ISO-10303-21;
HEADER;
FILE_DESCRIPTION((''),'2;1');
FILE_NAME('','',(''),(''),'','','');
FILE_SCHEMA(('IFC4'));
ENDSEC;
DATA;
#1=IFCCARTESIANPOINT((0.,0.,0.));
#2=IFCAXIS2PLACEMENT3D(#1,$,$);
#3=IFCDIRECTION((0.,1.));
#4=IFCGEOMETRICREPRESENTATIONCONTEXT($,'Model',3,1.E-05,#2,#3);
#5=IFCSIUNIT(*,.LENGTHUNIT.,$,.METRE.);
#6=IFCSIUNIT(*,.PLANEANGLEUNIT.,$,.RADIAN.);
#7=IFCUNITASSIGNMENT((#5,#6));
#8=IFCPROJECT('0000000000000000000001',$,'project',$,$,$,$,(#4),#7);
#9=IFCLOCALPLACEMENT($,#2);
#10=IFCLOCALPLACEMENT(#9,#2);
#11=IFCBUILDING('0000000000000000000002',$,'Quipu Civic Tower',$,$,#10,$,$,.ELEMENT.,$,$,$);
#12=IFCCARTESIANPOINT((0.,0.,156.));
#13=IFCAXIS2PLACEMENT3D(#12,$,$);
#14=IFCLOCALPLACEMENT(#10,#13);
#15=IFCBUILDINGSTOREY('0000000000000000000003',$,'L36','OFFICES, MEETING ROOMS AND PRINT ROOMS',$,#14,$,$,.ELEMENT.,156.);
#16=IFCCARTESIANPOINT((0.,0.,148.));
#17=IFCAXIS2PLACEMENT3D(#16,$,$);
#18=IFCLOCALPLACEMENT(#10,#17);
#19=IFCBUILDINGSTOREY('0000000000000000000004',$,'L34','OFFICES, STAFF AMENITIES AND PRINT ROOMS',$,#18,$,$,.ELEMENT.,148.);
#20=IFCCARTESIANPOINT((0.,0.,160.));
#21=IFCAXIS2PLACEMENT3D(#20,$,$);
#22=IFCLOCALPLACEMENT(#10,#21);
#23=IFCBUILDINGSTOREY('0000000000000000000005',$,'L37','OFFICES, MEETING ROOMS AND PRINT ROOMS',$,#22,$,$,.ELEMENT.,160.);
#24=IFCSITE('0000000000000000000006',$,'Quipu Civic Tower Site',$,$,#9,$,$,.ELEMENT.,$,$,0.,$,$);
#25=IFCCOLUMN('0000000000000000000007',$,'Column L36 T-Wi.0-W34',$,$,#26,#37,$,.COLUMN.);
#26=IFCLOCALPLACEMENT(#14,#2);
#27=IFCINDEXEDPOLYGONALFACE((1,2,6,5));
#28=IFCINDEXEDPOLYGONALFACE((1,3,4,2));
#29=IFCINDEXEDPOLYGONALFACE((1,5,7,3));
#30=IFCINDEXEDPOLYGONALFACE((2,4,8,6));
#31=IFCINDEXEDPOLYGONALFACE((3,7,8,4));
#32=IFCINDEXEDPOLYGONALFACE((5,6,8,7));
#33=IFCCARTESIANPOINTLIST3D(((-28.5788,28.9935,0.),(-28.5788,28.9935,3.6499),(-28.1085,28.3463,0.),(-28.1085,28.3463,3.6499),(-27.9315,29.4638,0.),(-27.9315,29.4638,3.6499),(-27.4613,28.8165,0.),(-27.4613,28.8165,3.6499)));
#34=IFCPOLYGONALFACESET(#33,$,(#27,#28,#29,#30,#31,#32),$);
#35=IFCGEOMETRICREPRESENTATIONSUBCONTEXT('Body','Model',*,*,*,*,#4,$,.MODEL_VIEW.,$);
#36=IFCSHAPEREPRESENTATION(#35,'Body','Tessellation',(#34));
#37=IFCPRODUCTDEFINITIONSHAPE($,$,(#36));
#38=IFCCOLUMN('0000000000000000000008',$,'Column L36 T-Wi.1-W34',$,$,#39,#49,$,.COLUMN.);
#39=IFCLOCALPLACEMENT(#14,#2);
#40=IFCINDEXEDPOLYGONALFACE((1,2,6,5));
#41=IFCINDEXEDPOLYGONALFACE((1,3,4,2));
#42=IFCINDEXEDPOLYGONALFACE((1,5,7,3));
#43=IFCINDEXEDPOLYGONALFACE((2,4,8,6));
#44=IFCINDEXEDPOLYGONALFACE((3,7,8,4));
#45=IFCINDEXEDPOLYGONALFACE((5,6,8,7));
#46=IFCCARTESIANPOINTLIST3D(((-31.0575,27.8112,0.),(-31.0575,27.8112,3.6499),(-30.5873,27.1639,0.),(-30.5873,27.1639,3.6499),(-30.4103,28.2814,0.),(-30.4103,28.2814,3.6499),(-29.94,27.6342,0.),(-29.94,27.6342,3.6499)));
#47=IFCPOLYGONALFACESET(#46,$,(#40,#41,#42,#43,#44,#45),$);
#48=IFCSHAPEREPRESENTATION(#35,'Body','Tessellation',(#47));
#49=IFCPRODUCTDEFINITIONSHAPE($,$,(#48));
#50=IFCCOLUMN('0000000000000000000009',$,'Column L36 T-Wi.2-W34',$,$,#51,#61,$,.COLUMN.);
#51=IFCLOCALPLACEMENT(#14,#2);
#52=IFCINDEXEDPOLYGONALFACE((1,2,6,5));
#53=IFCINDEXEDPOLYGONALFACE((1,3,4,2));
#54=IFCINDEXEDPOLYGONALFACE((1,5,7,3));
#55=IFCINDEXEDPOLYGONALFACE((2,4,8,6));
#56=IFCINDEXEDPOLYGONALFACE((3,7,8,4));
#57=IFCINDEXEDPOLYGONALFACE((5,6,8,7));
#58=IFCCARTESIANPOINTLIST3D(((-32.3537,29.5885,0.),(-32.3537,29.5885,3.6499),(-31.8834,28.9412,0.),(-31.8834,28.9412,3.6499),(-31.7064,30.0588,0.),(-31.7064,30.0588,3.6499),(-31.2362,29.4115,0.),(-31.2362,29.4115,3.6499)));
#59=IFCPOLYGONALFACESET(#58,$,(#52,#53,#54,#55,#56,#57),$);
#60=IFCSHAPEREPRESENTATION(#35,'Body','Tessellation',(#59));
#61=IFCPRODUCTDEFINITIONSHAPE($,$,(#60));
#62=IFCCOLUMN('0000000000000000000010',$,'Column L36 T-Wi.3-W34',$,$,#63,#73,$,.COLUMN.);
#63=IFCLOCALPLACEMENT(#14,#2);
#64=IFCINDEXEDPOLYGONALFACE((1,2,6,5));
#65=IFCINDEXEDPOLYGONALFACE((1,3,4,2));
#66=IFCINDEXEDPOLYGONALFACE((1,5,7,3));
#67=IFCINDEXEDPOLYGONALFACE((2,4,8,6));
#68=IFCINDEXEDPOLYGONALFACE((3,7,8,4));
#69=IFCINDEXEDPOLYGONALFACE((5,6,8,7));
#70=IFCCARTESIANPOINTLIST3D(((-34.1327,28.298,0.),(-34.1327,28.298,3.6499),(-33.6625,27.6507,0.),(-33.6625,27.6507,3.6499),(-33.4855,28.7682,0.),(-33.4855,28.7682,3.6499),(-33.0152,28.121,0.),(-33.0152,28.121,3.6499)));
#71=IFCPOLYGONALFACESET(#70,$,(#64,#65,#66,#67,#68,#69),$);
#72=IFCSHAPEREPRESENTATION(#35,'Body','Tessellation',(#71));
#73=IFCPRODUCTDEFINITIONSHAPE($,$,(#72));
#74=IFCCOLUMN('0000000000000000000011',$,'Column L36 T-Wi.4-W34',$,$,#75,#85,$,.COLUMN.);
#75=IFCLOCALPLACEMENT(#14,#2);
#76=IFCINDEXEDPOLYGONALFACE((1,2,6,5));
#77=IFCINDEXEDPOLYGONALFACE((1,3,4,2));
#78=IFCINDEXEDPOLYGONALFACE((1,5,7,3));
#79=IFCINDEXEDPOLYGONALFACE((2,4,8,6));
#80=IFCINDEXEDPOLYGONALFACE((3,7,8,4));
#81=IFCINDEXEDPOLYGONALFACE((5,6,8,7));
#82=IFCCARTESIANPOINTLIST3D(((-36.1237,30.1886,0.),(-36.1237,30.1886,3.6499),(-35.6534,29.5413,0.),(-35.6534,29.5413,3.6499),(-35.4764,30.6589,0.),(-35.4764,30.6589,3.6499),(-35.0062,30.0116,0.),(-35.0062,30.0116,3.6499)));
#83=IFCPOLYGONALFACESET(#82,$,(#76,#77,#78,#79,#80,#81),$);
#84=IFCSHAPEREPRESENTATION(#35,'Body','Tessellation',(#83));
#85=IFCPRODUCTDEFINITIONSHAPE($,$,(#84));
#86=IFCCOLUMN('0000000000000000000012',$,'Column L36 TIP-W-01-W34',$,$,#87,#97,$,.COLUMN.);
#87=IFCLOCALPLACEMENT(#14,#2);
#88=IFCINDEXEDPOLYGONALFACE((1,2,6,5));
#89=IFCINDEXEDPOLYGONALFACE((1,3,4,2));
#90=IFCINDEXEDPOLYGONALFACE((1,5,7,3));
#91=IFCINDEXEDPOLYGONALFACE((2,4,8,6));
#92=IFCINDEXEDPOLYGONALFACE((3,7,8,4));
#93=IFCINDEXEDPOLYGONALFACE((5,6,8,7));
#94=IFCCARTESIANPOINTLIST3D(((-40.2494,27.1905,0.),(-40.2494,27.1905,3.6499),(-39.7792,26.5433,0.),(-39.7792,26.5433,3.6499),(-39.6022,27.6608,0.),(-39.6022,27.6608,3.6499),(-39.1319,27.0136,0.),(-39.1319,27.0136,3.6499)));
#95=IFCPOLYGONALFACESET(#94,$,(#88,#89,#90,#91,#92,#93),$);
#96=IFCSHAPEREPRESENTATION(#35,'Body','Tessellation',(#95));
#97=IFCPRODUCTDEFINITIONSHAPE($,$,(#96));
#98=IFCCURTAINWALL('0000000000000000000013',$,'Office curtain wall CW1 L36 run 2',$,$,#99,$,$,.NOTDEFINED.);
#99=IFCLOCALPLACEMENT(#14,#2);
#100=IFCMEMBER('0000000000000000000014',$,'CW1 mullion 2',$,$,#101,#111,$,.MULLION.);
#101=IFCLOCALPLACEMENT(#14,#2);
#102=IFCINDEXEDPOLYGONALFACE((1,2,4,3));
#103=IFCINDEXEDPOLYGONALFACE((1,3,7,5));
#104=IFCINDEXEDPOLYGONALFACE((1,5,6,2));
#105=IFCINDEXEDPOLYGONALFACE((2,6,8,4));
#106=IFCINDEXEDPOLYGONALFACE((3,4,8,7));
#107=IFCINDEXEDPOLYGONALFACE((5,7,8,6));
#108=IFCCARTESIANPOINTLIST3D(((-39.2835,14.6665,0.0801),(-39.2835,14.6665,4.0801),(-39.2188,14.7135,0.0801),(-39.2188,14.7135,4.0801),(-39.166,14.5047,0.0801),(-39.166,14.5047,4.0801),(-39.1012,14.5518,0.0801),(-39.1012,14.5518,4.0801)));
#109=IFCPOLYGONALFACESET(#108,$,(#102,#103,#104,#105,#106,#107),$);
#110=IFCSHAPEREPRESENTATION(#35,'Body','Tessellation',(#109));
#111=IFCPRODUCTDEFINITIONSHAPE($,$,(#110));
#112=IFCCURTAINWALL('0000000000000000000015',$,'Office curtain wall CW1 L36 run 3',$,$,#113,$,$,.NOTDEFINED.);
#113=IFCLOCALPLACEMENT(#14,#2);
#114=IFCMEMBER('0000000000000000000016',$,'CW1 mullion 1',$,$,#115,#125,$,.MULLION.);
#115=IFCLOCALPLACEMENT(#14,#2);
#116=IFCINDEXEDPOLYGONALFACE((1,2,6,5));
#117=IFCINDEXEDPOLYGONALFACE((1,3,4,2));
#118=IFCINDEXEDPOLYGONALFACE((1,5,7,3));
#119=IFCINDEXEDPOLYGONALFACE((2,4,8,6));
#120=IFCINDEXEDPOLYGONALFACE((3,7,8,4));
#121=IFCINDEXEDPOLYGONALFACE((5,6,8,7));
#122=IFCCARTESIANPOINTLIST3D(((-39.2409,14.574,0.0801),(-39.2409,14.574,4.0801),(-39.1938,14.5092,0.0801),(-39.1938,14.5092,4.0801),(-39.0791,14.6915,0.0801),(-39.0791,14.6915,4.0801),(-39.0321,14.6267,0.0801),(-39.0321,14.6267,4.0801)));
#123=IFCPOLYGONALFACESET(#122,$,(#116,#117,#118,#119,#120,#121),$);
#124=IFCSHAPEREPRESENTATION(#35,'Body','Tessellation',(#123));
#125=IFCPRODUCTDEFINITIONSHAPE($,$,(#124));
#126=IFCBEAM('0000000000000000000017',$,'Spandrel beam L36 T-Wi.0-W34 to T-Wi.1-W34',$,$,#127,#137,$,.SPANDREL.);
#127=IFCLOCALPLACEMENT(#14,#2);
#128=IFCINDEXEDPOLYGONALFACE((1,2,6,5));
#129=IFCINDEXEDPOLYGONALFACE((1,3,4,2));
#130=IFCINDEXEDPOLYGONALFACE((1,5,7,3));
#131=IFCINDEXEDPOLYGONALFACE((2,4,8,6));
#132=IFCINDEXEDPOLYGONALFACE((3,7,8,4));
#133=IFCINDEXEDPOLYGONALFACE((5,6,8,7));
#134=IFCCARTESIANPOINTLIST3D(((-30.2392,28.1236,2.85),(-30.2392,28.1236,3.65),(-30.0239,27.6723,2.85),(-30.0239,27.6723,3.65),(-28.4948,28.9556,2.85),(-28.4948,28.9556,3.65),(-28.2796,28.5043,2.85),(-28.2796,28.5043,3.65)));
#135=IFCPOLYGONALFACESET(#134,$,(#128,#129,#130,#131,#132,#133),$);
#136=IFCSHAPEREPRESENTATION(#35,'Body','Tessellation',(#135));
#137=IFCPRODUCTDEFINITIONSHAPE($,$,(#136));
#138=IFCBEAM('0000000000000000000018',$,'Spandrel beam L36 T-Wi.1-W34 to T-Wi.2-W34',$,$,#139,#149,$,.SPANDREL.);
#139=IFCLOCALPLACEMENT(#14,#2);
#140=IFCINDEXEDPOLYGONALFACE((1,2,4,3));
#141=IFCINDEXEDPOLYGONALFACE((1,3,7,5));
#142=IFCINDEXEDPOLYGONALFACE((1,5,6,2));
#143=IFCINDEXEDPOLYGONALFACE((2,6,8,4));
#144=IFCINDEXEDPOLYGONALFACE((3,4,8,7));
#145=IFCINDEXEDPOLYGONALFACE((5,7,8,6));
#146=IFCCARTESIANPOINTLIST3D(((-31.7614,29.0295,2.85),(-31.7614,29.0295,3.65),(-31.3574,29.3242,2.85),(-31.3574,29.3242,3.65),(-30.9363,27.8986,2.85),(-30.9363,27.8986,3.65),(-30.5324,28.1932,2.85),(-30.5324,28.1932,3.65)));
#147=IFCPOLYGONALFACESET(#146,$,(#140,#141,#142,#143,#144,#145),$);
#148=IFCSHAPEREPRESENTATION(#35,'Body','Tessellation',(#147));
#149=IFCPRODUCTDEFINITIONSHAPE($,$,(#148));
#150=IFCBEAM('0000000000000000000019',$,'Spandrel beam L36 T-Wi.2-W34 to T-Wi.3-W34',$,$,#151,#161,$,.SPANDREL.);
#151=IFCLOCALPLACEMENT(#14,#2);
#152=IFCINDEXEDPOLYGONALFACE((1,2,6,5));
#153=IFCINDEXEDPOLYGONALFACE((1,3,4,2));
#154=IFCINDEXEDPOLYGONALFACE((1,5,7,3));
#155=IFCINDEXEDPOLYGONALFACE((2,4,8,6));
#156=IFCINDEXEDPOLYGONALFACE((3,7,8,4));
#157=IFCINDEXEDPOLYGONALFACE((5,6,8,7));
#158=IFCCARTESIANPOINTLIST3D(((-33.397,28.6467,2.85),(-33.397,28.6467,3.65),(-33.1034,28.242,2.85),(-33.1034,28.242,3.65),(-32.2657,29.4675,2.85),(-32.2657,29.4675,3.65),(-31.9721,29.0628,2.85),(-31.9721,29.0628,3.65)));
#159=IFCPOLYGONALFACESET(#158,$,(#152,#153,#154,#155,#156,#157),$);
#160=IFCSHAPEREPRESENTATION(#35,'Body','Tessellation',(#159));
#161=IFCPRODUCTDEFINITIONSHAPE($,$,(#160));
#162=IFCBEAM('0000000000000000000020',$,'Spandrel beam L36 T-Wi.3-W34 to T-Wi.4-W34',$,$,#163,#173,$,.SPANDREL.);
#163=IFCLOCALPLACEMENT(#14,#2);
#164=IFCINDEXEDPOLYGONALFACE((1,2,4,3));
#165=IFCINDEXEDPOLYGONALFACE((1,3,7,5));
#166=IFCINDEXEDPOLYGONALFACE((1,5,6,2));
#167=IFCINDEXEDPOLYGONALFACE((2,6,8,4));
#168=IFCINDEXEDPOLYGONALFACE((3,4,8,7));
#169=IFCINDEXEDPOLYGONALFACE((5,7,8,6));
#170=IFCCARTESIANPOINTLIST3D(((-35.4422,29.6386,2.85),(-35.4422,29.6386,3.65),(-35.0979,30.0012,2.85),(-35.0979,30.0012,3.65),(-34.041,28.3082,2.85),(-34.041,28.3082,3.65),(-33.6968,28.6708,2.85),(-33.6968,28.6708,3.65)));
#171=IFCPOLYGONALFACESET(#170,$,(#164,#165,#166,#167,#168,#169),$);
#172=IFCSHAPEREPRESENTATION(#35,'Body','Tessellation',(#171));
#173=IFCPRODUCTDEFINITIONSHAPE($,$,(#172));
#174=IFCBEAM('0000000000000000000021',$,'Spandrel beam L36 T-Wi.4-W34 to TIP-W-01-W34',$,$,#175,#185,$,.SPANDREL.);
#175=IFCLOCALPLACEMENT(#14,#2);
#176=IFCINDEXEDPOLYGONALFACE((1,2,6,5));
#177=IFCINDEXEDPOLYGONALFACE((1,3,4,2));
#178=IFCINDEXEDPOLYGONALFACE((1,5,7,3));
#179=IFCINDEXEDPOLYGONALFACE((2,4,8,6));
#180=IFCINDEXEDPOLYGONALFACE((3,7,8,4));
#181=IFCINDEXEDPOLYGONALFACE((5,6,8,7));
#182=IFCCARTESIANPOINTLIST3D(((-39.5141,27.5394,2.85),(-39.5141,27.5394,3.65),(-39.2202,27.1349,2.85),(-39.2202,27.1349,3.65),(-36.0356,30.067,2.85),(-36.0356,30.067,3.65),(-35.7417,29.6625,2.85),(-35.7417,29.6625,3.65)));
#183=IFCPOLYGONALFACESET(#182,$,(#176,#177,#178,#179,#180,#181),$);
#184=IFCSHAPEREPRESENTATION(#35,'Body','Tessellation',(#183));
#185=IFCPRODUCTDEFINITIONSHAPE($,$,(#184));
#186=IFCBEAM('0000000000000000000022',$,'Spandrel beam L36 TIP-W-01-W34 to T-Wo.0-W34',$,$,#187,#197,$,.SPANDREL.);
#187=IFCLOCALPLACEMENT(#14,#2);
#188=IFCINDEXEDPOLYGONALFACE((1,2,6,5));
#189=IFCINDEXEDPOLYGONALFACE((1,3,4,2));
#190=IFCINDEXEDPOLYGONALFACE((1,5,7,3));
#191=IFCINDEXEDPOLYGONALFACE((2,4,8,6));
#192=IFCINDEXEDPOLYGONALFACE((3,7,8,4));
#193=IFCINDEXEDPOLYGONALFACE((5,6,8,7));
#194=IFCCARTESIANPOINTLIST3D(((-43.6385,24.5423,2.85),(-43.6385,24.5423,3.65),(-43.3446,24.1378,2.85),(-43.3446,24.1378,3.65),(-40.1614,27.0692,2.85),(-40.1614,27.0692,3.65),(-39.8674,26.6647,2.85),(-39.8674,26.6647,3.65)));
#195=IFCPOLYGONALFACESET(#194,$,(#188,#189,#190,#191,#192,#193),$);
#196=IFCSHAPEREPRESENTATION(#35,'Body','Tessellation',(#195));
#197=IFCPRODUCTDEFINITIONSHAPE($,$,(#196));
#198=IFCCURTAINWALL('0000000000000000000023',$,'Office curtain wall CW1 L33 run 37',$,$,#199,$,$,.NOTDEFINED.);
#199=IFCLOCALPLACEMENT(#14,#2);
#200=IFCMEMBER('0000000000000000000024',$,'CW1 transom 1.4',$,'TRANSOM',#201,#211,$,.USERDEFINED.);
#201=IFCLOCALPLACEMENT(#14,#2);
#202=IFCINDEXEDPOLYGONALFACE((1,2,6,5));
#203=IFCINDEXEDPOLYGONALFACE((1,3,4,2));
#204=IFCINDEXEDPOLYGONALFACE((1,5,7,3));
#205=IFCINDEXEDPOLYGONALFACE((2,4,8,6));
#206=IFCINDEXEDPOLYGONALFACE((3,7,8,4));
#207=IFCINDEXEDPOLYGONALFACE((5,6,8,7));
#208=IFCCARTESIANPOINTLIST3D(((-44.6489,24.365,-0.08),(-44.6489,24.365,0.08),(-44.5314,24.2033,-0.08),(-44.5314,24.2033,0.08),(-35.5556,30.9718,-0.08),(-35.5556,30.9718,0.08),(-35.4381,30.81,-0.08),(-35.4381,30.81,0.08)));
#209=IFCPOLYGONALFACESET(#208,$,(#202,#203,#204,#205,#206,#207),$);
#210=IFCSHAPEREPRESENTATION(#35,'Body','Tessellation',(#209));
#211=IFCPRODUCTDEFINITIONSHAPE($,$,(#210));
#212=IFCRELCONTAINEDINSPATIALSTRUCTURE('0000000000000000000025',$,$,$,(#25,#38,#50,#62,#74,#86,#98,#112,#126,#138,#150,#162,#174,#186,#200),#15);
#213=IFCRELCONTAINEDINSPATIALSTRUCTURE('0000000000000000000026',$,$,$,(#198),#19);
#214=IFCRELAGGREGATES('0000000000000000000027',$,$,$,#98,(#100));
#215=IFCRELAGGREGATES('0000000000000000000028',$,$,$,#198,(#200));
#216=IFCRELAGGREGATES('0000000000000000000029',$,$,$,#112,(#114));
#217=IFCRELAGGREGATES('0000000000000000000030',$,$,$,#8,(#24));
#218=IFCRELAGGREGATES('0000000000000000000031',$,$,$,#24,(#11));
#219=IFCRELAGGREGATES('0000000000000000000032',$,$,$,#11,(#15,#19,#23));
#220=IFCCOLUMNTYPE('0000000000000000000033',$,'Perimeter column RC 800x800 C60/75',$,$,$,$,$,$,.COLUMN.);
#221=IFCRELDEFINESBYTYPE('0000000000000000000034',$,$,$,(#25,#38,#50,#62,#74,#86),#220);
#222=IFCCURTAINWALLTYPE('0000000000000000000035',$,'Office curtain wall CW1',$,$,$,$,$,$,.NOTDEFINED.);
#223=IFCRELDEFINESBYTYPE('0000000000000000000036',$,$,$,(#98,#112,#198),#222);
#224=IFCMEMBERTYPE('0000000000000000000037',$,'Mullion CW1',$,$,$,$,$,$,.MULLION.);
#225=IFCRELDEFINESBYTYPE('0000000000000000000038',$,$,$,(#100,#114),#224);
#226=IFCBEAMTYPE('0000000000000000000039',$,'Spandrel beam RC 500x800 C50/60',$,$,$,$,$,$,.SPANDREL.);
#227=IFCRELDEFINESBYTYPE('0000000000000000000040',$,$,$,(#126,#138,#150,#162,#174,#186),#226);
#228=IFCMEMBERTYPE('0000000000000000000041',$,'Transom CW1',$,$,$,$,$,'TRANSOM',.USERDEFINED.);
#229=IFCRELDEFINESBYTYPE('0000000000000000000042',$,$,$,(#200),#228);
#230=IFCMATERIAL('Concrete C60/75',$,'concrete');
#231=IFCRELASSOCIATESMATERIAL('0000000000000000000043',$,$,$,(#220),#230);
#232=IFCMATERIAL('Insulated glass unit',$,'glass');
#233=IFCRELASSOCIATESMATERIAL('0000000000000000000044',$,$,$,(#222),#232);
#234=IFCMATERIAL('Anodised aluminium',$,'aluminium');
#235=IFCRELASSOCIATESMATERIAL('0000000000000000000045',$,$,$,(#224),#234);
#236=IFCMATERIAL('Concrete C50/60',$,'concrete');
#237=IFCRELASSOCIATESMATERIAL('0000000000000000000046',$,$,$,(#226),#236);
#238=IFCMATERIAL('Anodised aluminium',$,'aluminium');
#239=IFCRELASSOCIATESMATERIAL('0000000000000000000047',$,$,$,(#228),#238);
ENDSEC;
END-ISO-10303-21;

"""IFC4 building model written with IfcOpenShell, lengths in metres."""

from ifc_helpers import new_model, si_unit, direction, frame, origin, origin_2d, place, context, subcontext, project, spatial, rectangle, extrude, material, material_profile, profile_set, type_object, element, aggregate, save


model = new_model("IFC4")

# Units and contexts
model_context = context("Model", 3, precision=1e-05, world=origin(), true_north=direction((0.0, 1.0)))
body_context = subcontext(model_context, "Body", "Model", "MODEL_VIEW")
ifc_project = project(units=[si_unit("LENGTHUNIT", "METRE"), si_unit("PLANEANGLEUNIT", "RADIAN")], contexts=[model_context])

# Site, building, storey
site_placement = place(None, origin())
site = spatial("IfcSite", under=ifc_project, at=site_placement, Name="Quipu Civic Tower Site", CompositionType="ELEMENT", RefElevation=0.0)
building_placement = place(site_placement, origin())
building = spatial("IfcBuilding", under=site, at=building_placement, Name="Quipu Civic Tower", CompositionType="ELEMENT")
storey_1_placement = place(building_placement, frame((0.0, 0.0, 156.0)))
storey_1 = spatial("IfcBuildingStorey", under=building, at=storey_1_placement, Name="L36", Description="OFFICES, MEETING ROOMS AND PRINT ROOMS", CompositionType="ELEMENT", Elevation=156.0)

# Columns
ifc_material_1 = material(Name="Concrete C60/75", Category="concrete")
ifc_material_profile_1 = material_profile(ifc_material_1, rectangle(XDim=0.8, YDim=0.8, at=origin_2d()), Name="RC800x800")
ifc_profile_set_1 = profile_set([ifc_material_profile_1], Name="Concrete C60/75")
column_type = type_object("IfcColumnType", Name="Perimeter column RC 800x800 C60/75", PredefinedType="COLUMN", material=ifc_profile_set_1)
for number, where, z_axis, x_axis, name in (
    (1, (-28.02, 28.905, 0.0), (0.0, 0.0, 1.0), (-0.809017, -0.587785, 0.0), "Column L36 T-Wi.0-W34"),
    (2, (-30.4988, 27.7227, 0.0), (0.0, 0.0, 1.0), (-0.809017, -0.587785, 0.0), "Column L36 T-Wi.1-W34"),
    (3, (-31.7949, 29.5, 0.0), (0.0, 0.0, 1.0), (-0.587785, 0.809017, 0.0), "Column L36 T-Wi.2-W34"),
    (4, (-33.574, 28.2095, 0.0), (0.0, 0.0, 1.0), (-0.587785, 0.809017, 0.0), "Column L36 T-Wi.3-W34"),
    (5, (-35.5649, 30.1001, 0.0), (0.0, 0.0, 1.0), (-0.809017, -0.587785, 0.0), "Column L36 T-Wi.4-W34"),
    (6, (-39.6907, 27.1021, 0.0), (0.0, 0.0, 1.0), (-0.809017, -0.587785, 0.0), "Column L36 TIP-W-01-W34"),
):
    element("IfcColumn", number, at=place(storey_1_placement, frame(where, z_axis=z_axis, x_axis=x_axis)), inside=storey_1, type_object=column_type, Name=name, PredefinedType="COLUMN", context=body_context, shape_type="SweptSolid", body=[
        extrude(rectangle(XDim=0.8, YDim=0.8, at=origin_2d()), origin(), (0.0, 0.0, 1.0), 3.6499),
    ])

# Curtain walls, members
ifc_material_2 = material(Name="Insulated glass unit", Category="glass")
curtain_wall_type = type_object("IfcCurtainWallType", Name="Office curtain wall CW1", PredefinedType="NOTDEFINED", material=ifc_material_2)
curtain_wall_1_placement = place(storey_1_placement, origin())
curtain_wall_1 = element("IfcCurtainWall", 7, at=curtain_wall_1_placement, inside=storey_1, type_object=curtain_wall_type, Name="Office curtain wall CW1 L36 run 2", PredefinedType="NOTDEFINED")
ifc_material_3 = material(Name="Anodised aluminium", Category="aluminium")
ifc_material_profile_2 = material_profile(ifc_material_3, rectangle(XDim=0.2, YDim=0.0801, at=origin_2d()), Name="RECT 200x80")
ifc_profile_set_2 = profile_set([ifc_material_profile_2], Name="Anodised aluminium")
member_type_1 = type_object("IfcMemberType", Name="Mullion CW1", PredefinedType="MULLION", material=ifc_profile_set_2)
member_1_placement = place(storey_1_placement, frame((-39.1924, 14.6091, 0.0801), z_axis=(0.0, 0.0, 1.0), x_axis=(-0.587782, 0.809019, 0.0)))
member_1 = element("IfcMember", 8, at=member_1_placement, type_object=member_type_1, Name="CW1 mullion 2", PredefinedType="MULLION", context=body_context, shape_type="SweptSolid", body=[
    extrude(rectangle(XDim=0.2, YDim=0.0801, at=origin_2d()), origin(), (0.0, 0.0, 1.0), 4.0),
])
aggregate(curtain_wall_1, [member_1])
curtain_wall_2_placement = place(storey_1_placement, origin())
curtain_wall_2 = element("IfcCurtainWall", 9, at=curtain_wall_2_placement, inside=storey_1, type_object=curtain_wall_type, Name="Office curtain wall CW1 L36 run 3", PredefinedType="NOTDEFINED")
member_2_placement = place(storey_1_placement, frame((-39.1365, 14.6003, 0.0801), z_axis=(0.0, 0.0, 1.0), x_axis=(0.809022, 0.587778, 0.0)))
member_2 = element("IfcMember", 10, at=member_2_placement, type_object=member_type_1, Name="CW1 mullion 1", PredefinedType="MULLION", context=body_context, shape_type="SweptSolid", body=[
    extrude(rectangle(XDim=0.2, YDim=0.0801, at=origin_2d()), origin(), (0.0, 0.0, 1.0), 4.0),
])

# Beams
ifc_material_4 = material(Name="Concrete C50/60", Category="concrete")
ifc_material_profile_3 = material_profile(ifc_material_4, rectangle(XDim=0.5, YDim=0.8, at=origin_2d()), Name="RC500x800")
ifc_profile_set_3 = profile_set([ifc_material_profile_3], Name="Concrete C50/60")
beam_type = type_object("IfcBeamType", Name="Spandrel beam RC 500x800 C50/60", PredefinedType="SPANDREL", material=ifc_profile_set_3)
beam_1_placement = place(storey_1_placement, frame((-28.3872, 28.73, 3.25), z_axis=(-0.902585, -0.430512, 0.0), x_axis=(0.430512, -0.902585, 0.0)))
element("IfcBeam", 11, at=beam_1_placement, inside=storey_1, type_object=beam_type, Name="Spandrel beam L36 T-Wi.0-W34 to T-Wi.1-W34", PredefinedType="SPANDREL", context=body_context, shape_type="SweptSolid", body=[
    extrude(rectangle(XDim=0.5, YDim=0.8, at=origin_2d()), origin(), (0.0, 0.0, 1.0), 1.9326),
])
beam_2_placement = place(storey_1_placement, frame((-30.7344, 28.0459, 3.25), z_axis=(-0.589343, 0.807883, 0.0), x_axis=(-0.807883, -0.589343, 0.0)))
element("IfcBeam", 12, at=beam_2_placement, inside=storey_1, type_object=beam_type, Name="Spandrel beam L36 T-Wi.1-W34 to T-Wi.2-W34", PredefinedType="SPANDREL", context=body_context, shape_type="SweptSolid", body=[
    extrude(rectangle(XDim=0.5, YDim=0.8, at=origin_2d()), origin(), (0.0, 0.0, 1.0), 1.3999),
])
beam_3_placement = place(storey_1_placement, frame((-32.1189, 29.2651, 3.25), z_axis=(-0.809415, -0.587237, 0.0), x_axis=(0.587237, -0.809415, 0.0)))
element("IfcBeam", 13, at=beam_3_placement, inside=storey_1, type_object=beam_type, Name="Spandrel beam L36 T-Wi.2-W34 to T-Wi.3-W34", PredefinedType="SPANDREL", context=body_context, shape_type="SweptSolid", body=[
    extrude(rectangle(XDim=0.5, YDim=0.8, at=origin_2d()), origin(), (0.0, 0.0, 1.0), 1.3977),
])
beam_4_placement = place(storey_1_placement, frame((-33.8689, 28.4895, 3.25), z_axis=(-0.725192, 0.688547, 0.0), x_axis=(-0.688547, -0.725192, 0.0)))
element("IfcBeam", 14, at=beam_4_placement, inside=storey_1, type_object=beam_type, Name="Spandrel beam L36 T-Wi.3-W34 to T-Wi.4-W34", PredefinedType="SPANDREL", context=body_context, shape_type="SweptSolid", body=[
    extrude(rectangle(XDim=0.5, YDim=0.8, at=origin_2d()), origin(), (0.0, 0.0, 1.0), 1.9321),
])
beam_5_placement = place(storey_1_placement, frame((-35.8887, 29.8647, 3.25), z_axis=(-0.808984, -0.587831, 0.0), x_axis=(0.587831, -0.808984, 0.0)))
element("IfcBeam", 15, at=beam_5_placement, inside=storey_1, type_object=beam_type, Name="Spandrel beam L36 T-Wi.4-W34 to TIP-W-01-W34", PredefinedType="SPANDREL", context=body_context, shape_type="SweptSolid", body=[
    extrude(rectangle(XDim=0.5, YDim=0.8, at=origin_2d()), origin(), (0.0, 0.0, 1.0), 4.2998),
])
beam_6_placement = place(storey_1_placement, frame((-40.0144, 26.8669, 3.25), z_axis=(-0.808947, -0.587881, 0.0), x_axis=(0.587881, -0.808947, 0.0)))
element("IfcBeam", 16, at=beam_6_placement, inside=storey_1, type_object=beam_type, Name="Spandrel beam L36 TIP-W-01-W34 to T-Wo.0-W34", PredefinedType="SPANDREL", context=body_context, shape_type="SweptSolid", body=[
    extrude(rectangle(XDim=0.5, YDim=0.8, at=origin_2d()), origin(), (0.0, 0.0, 1.0), 4.2983),
])

# Shared definitions
storey_2_placement = place(building_placement, frame((0.0, 0.0, 148.0)))
storey_2 = spatial("IfcBuildingStorey", under=building, at=storey_2_placement, Name="L34", Description="OFFICES, STAFF AMENITIES AND PRINT ROOMS", CompositionType="ELEMENT", Elevation=148.0)

# Curtain wall, member
curtain_wall_3_placement = place(storey_2_placement, origin())
curtain_wall_3 = element("IfcCurtainWall", 17, at=curtain_wall_3_placement, inside=storey_2, type_object=curtain_wall_type, Name="Office curtain wall CW1 L33 run 37", PredefinedType="NOTDEFINED")
ifc_material_5 = material(Name="Anodised aluminium", Category="aluminium")
ifc_material_profile_4 = material_profile(ifc_material_5, rectangle(XDim=0.2, YDim=0.1599, at=origin_2d()), Name="RECT 200x160")
ifc_profile_set_4 = profile_set([ifc_material_profile_4], Name="Anodised aluminium")
member_type_2 = type_object("IfcMemberType", Name="Transom CW1", ElementType="TRANSOM", PredefinedType="USERDEFINED", material=ifc_profile_set_4)
member_3_placement = place(storey_1_placement, frame((-35.4968, 30.8909, 0.0), z_axis=(-0.809015, -0.587788, 0.0), x_axis=(0.587788, -0.809015, 0.0)))
member_3 = element("IfcMember", 18, at=member_3_placement, inside=storey_1, type_object=member_type_2, Name="CW1 transom 1.4", ObjectType="TRANSOM", PredefinedType="USERDEFINED", context=body_context, shape_type="SweptSolid", body=[
    extrude(rectangle(XDim=0.2, YDim=0.1599, at=origin_2d()), origin(), (0.0, 0.0, 1.0), 11.24),
])
aggregate(curtain_wall_3, [member_3])

aggregate(curtain_wall_2, [member_2])

# Shared definitions
storey_3_placement = place(building_placement, frame((0.0, 0.0, 160.0)))
storey_3 = spatial("IfcBuildingStorey", under=building, at=storey_3_placement, Name="L37", Description="OFFICES, MEETING ROOMS AND PRINT ROOMS", CompositionType="ELEMENT", Elevation=160.0)

save(model, "model.ifc")
